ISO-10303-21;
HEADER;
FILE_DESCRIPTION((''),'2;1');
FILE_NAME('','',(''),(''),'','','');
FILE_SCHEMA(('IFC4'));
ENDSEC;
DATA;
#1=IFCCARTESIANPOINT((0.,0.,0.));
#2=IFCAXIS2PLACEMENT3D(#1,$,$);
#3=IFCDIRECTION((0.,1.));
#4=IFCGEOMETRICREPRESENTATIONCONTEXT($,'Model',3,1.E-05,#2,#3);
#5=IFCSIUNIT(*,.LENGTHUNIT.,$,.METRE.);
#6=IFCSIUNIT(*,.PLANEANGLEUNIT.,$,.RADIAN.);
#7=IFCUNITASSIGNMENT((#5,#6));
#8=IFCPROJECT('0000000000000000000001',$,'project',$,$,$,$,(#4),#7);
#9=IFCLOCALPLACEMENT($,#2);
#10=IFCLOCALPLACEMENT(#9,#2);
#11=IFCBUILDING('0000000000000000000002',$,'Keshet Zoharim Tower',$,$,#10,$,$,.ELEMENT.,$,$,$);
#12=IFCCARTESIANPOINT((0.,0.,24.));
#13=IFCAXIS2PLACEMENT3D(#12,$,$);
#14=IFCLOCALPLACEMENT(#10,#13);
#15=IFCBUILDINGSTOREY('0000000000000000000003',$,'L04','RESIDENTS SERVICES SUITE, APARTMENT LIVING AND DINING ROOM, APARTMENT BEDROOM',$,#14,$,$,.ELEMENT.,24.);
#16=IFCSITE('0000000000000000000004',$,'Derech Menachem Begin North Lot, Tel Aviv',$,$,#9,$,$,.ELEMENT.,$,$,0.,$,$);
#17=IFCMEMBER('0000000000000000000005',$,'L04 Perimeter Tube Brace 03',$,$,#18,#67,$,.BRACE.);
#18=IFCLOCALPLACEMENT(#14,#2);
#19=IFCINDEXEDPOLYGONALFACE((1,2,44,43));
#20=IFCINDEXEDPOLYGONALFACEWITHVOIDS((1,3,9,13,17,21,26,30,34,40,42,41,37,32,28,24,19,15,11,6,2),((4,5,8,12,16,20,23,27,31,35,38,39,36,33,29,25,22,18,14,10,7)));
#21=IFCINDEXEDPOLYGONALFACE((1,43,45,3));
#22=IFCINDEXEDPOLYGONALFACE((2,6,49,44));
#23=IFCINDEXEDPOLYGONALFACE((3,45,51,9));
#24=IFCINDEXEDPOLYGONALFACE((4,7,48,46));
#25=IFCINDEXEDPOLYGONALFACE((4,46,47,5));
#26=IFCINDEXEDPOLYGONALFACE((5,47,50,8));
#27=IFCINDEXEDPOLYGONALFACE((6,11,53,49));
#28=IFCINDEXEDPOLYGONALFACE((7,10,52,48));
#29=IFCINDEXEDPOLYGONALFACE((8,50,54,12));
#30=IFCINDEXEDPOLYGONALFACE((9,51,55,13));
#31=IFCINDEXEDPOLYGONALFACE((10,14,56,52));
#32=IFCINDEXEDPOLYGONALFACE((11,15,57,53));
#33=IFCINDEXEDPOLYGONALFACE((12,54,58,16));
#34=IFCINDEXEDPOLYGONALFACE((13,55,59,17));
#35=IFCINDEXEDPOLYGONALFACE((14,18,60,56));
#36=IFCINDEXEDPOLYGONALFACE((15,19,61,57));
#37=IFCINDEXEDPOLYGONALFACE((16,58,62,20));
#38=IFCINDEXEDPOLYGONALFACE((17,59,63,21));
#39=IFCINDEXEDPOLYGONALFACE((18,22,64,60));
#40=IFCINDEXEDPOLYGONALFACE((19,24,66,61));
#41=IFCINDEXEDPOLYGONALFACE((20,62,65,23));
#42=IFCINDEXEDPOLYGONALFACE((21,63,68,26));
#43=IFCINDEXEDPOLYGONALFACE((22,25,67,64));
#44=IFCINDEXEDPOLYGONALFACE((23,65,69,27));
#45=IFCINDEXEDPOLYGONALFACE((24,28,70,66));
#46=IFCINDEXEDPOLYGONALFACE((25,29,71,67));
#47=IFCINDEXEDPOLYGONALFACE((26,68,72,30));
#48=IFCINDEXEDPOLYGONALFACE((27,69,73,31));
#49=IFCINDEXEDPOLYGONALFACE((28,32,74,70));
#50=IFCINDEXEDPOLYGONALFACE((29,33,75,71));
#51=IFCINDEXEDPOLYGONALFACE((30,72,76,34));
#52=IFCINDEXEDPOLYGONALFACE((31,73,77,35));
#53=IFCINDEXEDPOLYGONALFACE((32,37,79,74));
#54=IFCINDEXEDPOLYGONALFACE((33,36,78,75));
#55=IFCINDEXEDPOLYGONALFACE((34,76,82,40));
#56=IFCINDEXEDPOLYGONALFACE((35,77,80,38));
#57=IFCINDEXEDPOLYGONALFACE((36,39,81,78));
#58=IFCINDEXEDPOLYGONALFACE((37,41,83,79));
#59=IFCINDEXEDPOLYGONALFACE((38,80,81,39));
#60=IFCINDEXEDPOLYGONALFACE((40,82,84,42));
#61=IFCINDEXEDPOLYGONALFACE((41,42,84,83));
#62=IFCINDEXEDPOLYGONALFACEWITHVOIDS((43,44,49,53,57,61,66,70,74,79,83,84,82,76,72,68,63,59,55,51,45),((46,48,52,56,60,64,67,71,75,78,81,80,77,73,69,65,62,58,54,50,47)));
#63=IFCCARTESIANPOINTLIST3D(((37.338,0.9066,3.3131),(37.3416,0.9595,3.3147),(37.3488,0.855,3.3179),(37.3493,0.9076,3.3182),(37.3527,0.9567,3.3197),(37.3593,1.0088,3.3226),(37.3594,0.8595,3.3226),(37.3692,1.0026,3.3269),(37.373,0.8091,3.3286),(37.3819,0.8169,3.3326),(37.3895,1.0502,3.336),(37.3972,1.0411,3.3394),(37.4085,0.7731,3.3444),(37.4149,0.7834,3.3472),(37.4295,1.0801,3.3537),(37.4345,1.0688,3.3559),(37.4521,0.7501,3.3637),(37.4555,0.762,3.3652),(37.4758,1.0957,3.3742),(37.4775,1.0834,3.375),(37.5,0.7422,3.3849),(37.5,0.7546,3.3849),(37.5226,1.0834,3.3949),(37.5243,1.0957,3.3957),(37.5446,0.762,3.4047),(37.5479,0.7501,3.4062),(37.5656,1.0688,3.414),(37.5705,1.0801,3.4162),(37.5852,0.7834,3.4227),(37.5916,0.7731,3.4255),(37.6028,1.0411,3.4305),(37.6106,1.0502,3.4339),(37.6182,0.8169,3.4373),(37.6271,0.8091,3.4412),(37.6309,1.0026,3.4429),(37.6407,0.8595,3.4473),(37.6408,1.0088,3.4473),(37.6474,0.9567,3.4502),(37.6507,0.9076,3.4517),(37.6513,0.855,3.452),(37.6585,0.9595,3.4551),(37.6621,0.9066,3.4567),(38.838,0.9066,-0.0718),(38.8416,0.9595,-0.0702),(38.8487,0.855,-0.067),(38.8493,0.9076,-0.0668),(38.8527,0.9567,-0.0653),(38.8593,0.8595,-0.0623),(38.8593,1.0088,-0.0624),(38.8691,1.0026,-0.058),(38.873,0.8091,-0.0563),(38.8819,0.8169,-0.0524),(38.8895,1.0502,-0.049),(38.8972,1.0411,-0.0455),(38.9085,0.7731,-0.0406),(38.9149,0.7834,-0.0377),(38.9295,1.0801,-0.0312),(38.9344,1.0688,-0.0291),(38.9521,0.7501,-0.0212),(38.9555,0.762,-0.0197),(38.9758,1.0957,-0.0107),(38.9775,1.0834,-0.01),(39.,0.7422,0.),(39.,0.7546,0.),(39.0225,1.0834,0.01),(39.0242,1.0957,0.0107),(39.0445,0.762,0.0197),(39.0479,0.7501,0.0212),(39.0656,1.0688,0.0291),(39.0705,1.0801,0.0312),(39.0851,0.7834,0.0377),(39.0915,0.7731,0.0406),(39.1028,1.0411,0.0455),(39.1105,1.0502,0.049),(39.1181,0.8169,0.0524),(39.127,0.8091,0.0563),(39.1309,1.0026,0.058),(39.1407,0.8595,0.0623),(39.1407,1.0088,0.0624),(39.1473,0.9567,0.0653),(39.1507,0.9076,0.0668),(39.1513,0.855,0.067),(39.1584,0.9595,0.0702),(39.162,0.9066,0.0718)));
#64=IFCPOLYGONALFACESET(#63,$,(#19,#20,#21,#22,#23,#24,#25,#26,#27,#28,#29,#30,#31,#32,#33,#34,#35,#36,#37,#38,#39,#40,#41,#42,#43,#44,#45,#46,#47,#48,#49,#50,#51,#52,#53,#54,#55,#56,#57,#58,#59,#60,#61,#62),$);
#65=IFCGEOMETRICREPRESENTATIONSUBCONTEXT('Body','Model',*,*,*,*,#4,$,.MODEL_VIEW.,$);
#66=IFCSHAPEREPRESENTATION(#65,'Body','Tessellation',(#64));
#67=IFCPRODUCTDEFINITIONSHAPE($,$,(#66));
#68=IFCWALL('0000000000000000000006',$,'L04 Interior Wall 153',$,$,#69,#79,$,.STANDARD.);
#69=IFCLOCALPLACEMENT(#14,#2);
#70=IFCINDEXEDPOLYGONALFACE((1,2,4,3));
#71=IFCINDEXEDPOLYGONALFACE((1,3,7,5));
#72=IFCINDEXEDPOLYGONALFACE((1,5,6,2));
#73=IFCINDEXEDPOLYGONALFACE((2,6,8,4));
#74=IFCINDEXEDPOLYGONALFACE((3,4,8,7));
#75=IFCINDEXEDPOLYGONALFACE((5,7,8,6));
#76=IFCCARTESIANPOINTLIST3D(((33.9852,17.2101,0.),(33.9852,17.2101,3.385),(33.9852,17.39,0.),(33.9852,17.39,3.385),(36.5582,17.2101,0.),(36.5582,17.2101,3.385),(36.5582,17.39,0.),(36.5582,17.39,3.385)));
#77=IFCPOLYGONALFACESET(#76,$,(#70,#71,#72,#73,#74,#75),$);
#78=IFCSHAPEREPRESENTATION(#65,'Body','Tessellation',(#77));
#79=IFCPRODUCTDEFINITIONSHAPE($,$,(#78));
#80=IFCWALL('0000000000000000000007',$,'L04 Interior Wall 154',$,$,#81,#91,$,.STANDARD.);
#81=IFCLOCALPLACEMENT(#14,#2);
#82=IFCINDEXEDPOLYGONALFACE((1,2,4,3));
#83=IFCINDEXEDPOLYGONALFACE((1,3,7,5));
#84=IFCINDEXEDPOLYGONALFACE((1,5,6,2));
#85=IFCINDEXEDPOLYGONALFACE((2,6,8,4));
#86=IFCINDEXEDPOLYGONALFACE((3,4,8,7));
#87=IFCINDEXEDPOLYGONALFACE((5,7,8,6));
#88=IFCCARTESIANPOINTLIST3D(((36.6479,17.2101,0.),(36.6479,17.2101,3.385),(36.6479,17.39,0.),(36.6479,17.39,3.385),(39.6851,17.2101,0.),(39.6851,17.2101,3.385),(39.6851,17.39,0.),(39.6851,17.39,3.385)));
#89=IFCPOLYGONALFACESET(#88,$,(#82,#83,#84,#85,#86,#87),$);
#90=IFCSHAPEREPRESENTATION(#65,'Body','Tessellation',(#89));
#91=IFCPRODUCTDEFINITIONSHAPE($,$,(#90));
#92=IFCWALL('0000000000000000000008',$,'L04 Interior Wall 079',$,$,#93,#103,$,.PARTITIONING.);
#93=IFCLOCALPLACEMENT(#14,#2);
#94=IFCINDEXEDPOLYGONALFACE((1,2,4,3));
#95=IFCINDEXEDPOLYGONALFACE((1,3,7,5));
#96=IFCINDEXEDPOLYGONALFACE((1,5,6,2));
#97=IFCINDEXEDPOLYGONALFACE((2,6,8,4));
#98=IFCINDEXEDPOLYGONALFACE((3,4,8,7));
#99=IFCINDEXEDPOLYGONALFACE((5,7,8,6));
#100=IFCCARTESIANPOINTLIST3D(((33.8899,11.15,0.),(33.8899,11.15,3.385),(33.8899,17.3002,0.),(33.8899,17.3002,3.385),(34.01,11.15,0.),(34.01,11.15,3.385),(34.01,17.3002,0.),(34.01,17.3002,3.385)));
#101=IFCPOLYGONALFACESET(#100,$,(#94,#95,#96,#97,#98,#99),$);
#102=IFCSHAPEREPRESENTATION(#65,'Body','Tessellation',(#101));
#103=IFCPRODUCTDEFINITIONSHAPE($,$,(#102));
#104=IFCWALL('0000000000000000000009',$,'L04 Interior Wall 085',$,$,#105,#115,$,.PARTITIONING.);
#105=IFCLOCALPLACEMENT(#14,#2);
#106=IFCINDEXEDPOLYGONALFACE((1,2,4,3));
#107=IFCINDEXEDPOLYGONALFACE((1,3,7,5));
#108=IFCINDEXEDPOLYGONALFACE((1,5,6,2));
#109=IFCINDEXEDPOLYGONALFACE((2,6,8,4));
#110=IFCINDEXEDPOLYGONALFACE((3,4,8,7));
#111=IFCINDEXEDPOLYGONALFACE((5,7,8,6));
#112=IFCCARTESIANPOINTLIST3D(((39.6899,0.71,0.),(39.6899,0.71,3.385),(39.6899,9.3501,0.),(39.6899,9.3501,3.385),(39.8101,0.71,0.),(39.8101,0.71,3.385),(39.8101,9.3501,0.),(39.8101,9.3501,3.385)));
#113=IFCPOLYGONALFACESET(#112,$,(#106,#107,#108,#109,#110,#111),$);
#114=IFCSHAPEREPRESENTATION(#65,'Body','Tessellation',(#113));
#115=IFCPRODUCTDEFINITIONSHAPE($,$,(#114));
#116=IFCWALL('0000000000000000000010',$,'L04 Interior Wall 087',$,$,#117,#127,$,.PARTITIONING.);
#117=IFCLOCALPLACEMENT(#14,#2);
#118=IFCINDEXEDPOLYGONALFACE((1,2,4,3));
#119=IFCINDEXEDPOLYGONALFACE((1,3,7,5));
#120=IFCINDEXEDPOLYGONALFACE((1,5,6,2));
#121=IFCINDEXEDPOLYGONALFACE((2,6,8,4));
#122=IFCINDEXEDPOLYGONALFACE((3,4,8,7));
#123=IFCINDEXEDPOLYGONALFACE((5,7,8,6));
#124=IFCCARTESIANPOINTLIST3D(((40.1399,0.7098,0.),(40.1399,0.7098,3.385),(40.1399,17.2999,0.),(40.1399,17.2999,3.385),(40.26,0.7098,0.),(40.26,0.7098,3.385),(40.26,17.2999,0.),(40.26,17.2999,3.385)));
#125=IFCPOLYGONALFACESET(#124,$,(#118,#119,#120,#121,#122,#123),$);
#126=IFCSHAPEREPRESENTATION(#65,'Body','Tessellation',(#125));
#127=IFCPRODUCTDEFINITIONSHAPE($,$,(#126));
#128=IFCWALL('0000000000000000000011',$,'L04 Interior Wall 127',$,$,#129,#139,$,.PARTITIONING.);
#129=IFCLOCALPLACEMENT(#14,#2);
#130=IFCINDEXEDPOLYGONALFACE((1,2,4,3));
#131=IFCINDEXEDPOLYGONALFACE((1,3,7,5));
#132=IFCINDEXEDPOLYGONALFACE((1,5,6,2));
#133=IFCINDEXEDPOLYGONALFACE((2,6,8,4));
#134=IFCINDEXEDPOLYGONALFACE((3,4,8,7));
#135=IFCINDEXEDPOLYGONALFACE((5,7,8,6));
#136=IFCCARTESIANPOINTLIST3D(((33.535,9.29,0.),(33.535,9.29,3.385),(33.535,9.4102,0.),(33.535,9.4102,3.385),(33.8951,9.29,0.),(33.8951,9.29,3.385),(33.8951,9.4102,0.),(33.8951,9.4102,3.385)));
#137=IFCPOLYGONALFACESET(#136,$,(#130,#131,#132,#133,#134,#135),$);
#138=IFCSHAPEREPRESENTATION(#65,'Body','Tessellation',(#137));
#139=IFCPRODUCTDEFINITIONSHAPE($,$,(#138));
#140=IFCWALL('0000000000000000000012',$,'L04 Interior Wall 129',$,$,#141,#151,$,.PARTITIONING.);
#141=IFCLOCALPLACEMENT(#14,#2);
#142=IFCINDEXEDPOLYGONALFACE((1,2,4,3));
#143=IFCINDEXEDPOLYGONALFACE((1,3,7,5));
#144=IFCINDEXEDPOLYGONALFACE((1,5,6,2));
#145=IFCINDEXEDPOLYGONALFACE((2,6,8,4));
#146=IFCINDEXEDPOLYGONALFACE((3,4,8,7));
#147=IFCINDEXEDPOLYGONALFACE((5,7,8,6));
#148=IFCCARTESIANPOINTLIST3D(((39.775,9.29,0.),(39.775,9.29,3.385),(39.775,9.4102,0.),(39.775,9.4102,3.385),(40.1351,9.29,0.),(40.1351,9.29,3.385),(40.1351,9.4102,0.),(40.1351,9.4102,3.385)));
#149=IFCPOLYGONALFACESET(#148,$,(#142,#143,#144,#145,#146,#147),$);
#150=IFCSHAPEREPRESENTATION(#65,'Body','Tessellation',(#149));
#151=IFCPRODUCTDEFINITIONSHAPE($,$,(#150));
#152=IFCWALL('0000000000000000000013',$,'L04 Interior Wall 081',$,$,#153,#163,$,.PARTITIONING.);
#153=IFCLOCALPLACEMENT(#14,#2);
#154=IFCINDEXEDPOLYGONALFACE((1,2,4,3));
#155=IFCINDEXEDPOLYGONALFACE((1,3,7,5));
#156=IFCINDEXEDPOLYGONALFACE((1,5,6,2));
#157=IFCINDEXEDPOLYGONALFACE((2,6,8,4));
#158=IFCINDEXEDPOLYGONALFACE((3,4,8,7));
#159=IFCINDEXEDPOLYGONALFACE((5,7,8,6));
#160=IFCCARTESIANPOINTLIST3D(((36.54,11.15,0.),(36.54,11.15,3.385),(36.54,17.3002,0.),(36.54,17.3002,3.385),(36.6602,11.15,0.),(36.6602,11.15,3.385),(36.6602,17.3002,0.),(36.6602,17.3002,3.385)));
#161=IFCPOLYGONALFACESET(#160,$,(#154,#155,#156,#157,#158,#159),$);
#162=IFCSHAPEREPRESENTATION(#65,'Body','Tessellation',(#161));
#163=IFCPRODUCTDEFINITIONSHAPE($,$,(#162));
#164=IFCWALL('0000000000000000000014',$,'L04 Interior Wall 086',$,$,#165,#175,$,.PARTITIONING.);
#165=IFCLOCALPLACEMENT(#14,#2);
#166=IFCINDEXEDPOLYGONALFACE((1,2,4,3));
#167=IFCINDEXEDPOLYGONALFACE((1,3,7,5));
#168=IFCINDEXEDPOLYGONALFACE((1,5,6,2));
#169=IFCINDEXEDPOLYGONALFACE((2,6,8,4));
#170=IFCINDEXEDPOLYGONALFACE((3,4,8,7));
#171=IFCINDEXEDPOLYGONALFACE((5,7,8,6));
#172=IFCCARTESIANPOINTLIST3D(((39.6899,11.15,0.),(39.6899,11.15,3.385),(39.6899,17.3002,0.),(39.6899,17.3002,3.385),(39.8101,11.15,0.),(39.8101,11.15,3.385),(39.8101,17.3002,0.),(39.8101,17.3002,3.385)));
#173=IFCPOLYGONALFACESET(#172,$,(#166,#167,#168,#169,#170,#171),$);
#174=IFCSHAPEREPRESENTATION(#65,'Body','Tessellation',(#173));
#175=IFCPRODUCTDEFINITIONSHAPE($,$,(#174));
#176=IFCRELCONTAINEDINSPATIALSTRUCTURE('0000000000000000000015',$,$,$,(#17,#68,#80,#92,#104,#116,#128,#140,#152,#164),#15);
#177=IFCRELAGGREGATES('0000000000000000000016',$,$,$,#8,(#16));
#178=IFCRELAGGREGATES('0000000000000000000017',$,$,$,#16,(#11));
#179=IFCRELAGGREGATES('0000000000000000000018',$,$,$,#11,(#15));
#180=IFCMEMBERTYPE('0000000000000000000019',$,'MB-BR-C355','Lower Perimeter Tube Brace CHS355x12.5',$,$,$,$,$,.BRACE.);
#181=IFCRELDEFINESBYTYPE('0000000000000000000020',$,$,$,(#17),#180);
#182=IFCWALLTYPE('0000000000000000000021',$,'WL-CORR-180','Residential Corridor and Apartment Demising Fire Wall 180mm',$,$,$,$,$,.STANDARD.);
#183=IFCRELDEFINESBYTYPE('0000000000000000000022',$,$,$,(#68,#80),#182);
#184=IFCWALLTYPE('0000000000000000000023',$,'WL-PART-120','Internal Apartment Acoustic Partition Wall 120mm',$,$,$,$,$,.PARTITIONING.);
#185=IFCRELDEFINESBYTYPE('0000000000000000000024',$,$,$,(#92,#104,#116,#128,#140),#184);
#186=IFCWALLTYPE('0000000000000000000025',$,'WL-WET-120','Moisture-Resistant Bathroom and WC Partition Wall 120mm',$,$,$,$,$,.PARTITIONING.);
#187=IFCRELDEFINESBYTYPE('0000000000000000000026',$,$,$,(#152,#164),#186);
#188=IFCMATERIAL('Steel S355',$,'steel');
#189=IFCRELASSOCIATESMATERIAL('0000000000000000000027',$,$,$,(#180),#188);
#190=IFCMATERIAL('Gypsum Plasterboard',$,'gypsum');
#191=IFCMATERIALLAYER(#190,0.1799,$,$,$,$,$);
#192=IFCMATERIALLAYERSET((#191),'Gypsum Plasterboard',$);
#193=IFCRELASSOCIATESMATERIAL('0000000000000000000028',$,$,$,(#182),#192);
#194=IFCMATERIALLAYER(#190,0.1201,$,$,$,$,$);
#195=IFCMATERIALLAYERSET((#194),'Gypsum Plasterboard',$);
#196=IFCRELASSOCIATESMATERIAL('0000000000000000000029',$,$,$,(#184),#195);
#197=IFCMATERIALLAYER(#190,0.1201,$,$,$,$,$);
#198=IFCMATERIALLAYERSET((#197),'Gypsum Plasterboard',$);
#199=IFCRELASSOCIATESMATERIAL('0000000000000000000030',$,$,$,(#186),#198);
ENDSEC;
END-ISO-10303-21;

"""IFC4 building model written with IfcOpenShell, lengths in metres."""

from ifc_helpers import new_model, si_unit, direction, frame, frame_2d, origin, origin_2d, place, context, subcontext, project, spatial, rectangle, hollow_circle, extrude, material, layer, layer_set, material_profile, profile_set, type_object, element, save


model = new_model("IFC4")

# Units and contexts
model_context = context("Model", 3, precision=1e-05, world=origin(), true_north=direction((0.0, 1.0)))
body_context = subcontext(model_context, "Body", "Model", "MODEL_VIEW")
ifc_project = project(units=[si_unit("LENGTHUNIT", "METRE"), si_unit("PLANEANGLEUNIT", "RADIAN")], contexts=[model_context])

# Site, building, storey
site_placement = place(None, origin())
site = spatial("IfcSite", under=ifc_project, at=site_placement, Name="Derech Menachem Begin North Lot, Tel Aviv", CompositionType="ELEMENT", RefElevation=0.0)
building_placement = place(site_placement, origin())
building = spatial("IfcBuilding", under=site, at=building_placement, Name="Keshet Zoharim Tower", CompositionType="ELEMENT")
storey_placement = place(building_placement, frame((0.0, 0.0, 24.0)))
storey = spatial("IfcBuildingStorey", under=building, at=storey_placement, Name="L04", Description="RESIDENTS SERVICES SUITE, APARTMENT LIVING AND DINING ROOM, APARTMENT BEDROOM", CompositionType="ELEMENT", Elevation=24.0)

# Shared definitions
ifc_material_1 = material(Name="Steel S355", Category="steel")

# Member
ifc_material_profile_1 = material_profile(ifc_material_1, hollow_circle(Radius=0.1777, WallThickness=0.0125, at=origin_2d()), Name="CHS355x12.5")
ifc_profile_set_1 = profile_set([ifc_material_profile_1], Name="Steel S355")
member_type = type_object("IfcMemberType", Name="MB-BR-C355", Description="Lower Perimeter Tube Brace CHS355x12.5", PredefinedType="BRACE", material=ifc_profile_set_1)
for number, where, z_axis, x_axis, name in (
    (1, (39.0, 0.9199, 0.0), (-0.405135, 0.0, 0.914257), (0.0, -1.0, 0.0), "L04 Perimeter Tube Brace 03"),
):
    element("IfcMember", number, at=place(storey_placement, frame(where, z_axis=z_axis, x_axis=x_axis)), inside=storey, type_object=member_type, Name=name, PredefinedType="BRACE", context=body_context, shape_type="SweptSolid", body=[
        extrude(hollow_circle(Radius=0.1777, WallThickness=0.0125, at=origin_2d()), origin(), (0.0, 0.0, 1.0), 3.7024),
    ])

# Walls
ifc_material_2 = material(Name="Gypsum Plasterboard", Category="gypsum")
ifc_layer_1 = layer(ifc_material_2, 0.1799)
ifc_layer_set_1 = layer_set([ifc_layer_1], Name="Gypsum Plasterboard")
wall_type_1 = type_object("IfcWallType", Name="WL-CORR-180", Description="Residential Corridor and Apartment Demising Fire Wall 180mm", PredefinedType="STANDARD", material=ifc_layer_set_1)
wall_1_placement = place(storey_placement, frame((33.9851, 17.3, 0.0), z_axis=(0.0, 0.0, 1.0), x_axis=(1.0, 0.0, 0.0)))
element("IfcWall", 2, at=wall_1_placement, inside=storey, type_object=wall_type_1, Name="L04 Interior Wall 153", PredefinedType="STANDARD", context=body_context, shape_type="SweptSolid", body=[
    extrude(rectangle(XDim=2.573, YDim=0.1799, at=frame_2d((1.2866, 0.0))), origin(), (0.0, 0.0, 1.0), 3.385),
])
wall_2_placement = place(storey_placement, frame((36.6479, 17.3, 0.0), z_axis=(0.0, 0.0, 1.0), x_axis=(1.0, 0.0, 0.0)))
element("IfcWall", 3, at=wall_2_placement, inside=storey, type_object=wall_type_1, Name="L04 Interior Wall 154", PredefinedType="STANDARD", context=body_context, shape_type="SweptSolid", body=[
    extrude(rectangle(XDim=3.0371, YDim=0.1799, at=frame_2d((1.5186, 0.0))), origin(), (0.0, 0.0, 1.0), 3.385),
])

# Walls
ifc_layer_2 = layer(ifc_material_2, 0.1201)
ifc_layer_set_2 = layer_set([ifc_layer_2], Name="Gypsum Plasterboard")
wall_type_2 = type_object("IfcWallType", Name="WL-PART-120", Description="Internal Apartment Acoustic Partition Wall 120mm", PredefinedType="PARTITIONING", material=ifc_layer_set_2)
wall_3_placement = place(storey_placement, frame((33.95, 11.1499, 0.0), z_axis=(0.0, 0.0, 1.0), x_axis=(0.0, 1.0, 0.0)))
element("IfcWall", 4, at=wall_3_placement, inside=storey, type_object=wall_type_2, Name="L04 Interior Wall 079", PredefinedType="PARTITIONING", context=body_context, shape_type="SweptSolid", body=[
    extrude(rectangle(XDim=6.1501, YDim=0.1201, at=frame_2d((3.0752, 0.0))), origin(), (0.0, 0.0, 1.0), 3.385),
])
wall_4_placement = place(storey_placement, frame((39.75, 0.71, 0.0), z_axis=(0.0, 0.0, 1.0), x_axis=(0.0, 1.0, 0.0)))
element("IfcWall", 5, at=wall_4_placement, inside=storey, type_object=wall_type_2, Name="L04 Interior Wall 085", PredefinedType="PARTITIONING", context=body_context, shape_type="SweptSolid", body=[
    extrude(rectangle(XDim=8.6401, YDim=0.1201, at=frame_2d((4.3201, 0.0))), origin(), (0.0, 0.0, 1.0), 3.385),
])
wall_5_placement = place(storey_placement, frame((40.2, 0.71, 0.0), z_axis=(0.0, 0.0, 1.0), x_axis=(0.0, 1.0, 0.0)))
element("IfcWall", 6, at=wall_5_placement, inside=storey, type_object=wall_type_2, Name="L04 Interior Wall 087", PredefinedType="PARTITIONING", context=body_context, shape_type="SweptSolid", body=[
    extrude(rectangle(XDim=16.5901, YDim=0.1201, at=frame_2d((8.2949, 0.0))), origin(), (0.0, 0.0, 1.0), 3.385),
])
wall_6_placement = place(storey_placement, frame((33.5349, 9.3501, 0.0), z_axis=(0.0, 0.0, 1.0), x_axis=(1.0, 0.0, 0.0)))
element("IfcWall", 7, at=wall_6_placement, inside=storey, type_object=wall_type_2, Name="L04 Interior Wall 127", PredefinedType="PARTITIONING", context=body_context, shape_type="SweptSolid", body=[
    extrude(rectangle(XDim=0.3601, YDim=0.1201, at=frame_2d((0.1802, 0.0))), origin(), (0.0, 0.0, 1.0), 3.385),
])

# Wall
wall_7_placement = place(storey_placement, frame((39.7749, 9.3501, 0.0), z_axis=(0.0, 0.0, 1.0), x_axis=(1.0, 0.0, 0.0)))
element("IfcWall", 8, at=wall_7_placement, inside=storey, type_object=wall_type_2, Name="L04 Interior Wall 129", PredefinedType="PARTITIONING", context=body_context, shape_type="SweptSolid", body=[
    extrude(rectangle(XDim=0.3601, YDim=0.1201, at=frame_2d((0.1802, 0.0))), origin(), (0.0, 0.0, 1.0), 3.385),
])

# Walls
ifc_layer_3 = layer(ifc_material_2, 0.1201)
ifc_layer_set_3 = layer_set([ifc_layer_3], Name="Gypsum Plasterboard")
wall_type_3 = type_object("IfcWallType", Name="WL-WET-120", Description="Moisture-Resistant Bathroom and WC Partition Wall 120mm", PredefinedType="PARTITIONING", material=ifc_layer_set_3)
for number, where, z_axis, x_axis, name in (
    (9, (36.6001, 11.1499, 0.0), (0.0, 0.0, 1.0), (0.0, 1.0, 0.0), "L04 Interior Wall 081"),
    (10, (39.75, 11.1499, 0.0), (0.0, 0.0, 1.0), (0.0, 1.0, 0.0), "L04 Interior Wall 086"),
):
    element("IfcWall", number, at=place(storey_placement, frame(where, z_axis=z_axis, x_axis=x_axis)), inside=storey, type_object=wall_type_3, Name=name, PredefinedType="PARTITIONING", context=body_context, shape_type="SweptSolid", body=[
        extrude(rectangle(XDim=6.1501, YDim=0.1201, at=frame_2d((3.0752, 0.0))), origin(), (0.0, 0.0, 1.0), 3.385),
    ])

save(model, "model.ifc")
